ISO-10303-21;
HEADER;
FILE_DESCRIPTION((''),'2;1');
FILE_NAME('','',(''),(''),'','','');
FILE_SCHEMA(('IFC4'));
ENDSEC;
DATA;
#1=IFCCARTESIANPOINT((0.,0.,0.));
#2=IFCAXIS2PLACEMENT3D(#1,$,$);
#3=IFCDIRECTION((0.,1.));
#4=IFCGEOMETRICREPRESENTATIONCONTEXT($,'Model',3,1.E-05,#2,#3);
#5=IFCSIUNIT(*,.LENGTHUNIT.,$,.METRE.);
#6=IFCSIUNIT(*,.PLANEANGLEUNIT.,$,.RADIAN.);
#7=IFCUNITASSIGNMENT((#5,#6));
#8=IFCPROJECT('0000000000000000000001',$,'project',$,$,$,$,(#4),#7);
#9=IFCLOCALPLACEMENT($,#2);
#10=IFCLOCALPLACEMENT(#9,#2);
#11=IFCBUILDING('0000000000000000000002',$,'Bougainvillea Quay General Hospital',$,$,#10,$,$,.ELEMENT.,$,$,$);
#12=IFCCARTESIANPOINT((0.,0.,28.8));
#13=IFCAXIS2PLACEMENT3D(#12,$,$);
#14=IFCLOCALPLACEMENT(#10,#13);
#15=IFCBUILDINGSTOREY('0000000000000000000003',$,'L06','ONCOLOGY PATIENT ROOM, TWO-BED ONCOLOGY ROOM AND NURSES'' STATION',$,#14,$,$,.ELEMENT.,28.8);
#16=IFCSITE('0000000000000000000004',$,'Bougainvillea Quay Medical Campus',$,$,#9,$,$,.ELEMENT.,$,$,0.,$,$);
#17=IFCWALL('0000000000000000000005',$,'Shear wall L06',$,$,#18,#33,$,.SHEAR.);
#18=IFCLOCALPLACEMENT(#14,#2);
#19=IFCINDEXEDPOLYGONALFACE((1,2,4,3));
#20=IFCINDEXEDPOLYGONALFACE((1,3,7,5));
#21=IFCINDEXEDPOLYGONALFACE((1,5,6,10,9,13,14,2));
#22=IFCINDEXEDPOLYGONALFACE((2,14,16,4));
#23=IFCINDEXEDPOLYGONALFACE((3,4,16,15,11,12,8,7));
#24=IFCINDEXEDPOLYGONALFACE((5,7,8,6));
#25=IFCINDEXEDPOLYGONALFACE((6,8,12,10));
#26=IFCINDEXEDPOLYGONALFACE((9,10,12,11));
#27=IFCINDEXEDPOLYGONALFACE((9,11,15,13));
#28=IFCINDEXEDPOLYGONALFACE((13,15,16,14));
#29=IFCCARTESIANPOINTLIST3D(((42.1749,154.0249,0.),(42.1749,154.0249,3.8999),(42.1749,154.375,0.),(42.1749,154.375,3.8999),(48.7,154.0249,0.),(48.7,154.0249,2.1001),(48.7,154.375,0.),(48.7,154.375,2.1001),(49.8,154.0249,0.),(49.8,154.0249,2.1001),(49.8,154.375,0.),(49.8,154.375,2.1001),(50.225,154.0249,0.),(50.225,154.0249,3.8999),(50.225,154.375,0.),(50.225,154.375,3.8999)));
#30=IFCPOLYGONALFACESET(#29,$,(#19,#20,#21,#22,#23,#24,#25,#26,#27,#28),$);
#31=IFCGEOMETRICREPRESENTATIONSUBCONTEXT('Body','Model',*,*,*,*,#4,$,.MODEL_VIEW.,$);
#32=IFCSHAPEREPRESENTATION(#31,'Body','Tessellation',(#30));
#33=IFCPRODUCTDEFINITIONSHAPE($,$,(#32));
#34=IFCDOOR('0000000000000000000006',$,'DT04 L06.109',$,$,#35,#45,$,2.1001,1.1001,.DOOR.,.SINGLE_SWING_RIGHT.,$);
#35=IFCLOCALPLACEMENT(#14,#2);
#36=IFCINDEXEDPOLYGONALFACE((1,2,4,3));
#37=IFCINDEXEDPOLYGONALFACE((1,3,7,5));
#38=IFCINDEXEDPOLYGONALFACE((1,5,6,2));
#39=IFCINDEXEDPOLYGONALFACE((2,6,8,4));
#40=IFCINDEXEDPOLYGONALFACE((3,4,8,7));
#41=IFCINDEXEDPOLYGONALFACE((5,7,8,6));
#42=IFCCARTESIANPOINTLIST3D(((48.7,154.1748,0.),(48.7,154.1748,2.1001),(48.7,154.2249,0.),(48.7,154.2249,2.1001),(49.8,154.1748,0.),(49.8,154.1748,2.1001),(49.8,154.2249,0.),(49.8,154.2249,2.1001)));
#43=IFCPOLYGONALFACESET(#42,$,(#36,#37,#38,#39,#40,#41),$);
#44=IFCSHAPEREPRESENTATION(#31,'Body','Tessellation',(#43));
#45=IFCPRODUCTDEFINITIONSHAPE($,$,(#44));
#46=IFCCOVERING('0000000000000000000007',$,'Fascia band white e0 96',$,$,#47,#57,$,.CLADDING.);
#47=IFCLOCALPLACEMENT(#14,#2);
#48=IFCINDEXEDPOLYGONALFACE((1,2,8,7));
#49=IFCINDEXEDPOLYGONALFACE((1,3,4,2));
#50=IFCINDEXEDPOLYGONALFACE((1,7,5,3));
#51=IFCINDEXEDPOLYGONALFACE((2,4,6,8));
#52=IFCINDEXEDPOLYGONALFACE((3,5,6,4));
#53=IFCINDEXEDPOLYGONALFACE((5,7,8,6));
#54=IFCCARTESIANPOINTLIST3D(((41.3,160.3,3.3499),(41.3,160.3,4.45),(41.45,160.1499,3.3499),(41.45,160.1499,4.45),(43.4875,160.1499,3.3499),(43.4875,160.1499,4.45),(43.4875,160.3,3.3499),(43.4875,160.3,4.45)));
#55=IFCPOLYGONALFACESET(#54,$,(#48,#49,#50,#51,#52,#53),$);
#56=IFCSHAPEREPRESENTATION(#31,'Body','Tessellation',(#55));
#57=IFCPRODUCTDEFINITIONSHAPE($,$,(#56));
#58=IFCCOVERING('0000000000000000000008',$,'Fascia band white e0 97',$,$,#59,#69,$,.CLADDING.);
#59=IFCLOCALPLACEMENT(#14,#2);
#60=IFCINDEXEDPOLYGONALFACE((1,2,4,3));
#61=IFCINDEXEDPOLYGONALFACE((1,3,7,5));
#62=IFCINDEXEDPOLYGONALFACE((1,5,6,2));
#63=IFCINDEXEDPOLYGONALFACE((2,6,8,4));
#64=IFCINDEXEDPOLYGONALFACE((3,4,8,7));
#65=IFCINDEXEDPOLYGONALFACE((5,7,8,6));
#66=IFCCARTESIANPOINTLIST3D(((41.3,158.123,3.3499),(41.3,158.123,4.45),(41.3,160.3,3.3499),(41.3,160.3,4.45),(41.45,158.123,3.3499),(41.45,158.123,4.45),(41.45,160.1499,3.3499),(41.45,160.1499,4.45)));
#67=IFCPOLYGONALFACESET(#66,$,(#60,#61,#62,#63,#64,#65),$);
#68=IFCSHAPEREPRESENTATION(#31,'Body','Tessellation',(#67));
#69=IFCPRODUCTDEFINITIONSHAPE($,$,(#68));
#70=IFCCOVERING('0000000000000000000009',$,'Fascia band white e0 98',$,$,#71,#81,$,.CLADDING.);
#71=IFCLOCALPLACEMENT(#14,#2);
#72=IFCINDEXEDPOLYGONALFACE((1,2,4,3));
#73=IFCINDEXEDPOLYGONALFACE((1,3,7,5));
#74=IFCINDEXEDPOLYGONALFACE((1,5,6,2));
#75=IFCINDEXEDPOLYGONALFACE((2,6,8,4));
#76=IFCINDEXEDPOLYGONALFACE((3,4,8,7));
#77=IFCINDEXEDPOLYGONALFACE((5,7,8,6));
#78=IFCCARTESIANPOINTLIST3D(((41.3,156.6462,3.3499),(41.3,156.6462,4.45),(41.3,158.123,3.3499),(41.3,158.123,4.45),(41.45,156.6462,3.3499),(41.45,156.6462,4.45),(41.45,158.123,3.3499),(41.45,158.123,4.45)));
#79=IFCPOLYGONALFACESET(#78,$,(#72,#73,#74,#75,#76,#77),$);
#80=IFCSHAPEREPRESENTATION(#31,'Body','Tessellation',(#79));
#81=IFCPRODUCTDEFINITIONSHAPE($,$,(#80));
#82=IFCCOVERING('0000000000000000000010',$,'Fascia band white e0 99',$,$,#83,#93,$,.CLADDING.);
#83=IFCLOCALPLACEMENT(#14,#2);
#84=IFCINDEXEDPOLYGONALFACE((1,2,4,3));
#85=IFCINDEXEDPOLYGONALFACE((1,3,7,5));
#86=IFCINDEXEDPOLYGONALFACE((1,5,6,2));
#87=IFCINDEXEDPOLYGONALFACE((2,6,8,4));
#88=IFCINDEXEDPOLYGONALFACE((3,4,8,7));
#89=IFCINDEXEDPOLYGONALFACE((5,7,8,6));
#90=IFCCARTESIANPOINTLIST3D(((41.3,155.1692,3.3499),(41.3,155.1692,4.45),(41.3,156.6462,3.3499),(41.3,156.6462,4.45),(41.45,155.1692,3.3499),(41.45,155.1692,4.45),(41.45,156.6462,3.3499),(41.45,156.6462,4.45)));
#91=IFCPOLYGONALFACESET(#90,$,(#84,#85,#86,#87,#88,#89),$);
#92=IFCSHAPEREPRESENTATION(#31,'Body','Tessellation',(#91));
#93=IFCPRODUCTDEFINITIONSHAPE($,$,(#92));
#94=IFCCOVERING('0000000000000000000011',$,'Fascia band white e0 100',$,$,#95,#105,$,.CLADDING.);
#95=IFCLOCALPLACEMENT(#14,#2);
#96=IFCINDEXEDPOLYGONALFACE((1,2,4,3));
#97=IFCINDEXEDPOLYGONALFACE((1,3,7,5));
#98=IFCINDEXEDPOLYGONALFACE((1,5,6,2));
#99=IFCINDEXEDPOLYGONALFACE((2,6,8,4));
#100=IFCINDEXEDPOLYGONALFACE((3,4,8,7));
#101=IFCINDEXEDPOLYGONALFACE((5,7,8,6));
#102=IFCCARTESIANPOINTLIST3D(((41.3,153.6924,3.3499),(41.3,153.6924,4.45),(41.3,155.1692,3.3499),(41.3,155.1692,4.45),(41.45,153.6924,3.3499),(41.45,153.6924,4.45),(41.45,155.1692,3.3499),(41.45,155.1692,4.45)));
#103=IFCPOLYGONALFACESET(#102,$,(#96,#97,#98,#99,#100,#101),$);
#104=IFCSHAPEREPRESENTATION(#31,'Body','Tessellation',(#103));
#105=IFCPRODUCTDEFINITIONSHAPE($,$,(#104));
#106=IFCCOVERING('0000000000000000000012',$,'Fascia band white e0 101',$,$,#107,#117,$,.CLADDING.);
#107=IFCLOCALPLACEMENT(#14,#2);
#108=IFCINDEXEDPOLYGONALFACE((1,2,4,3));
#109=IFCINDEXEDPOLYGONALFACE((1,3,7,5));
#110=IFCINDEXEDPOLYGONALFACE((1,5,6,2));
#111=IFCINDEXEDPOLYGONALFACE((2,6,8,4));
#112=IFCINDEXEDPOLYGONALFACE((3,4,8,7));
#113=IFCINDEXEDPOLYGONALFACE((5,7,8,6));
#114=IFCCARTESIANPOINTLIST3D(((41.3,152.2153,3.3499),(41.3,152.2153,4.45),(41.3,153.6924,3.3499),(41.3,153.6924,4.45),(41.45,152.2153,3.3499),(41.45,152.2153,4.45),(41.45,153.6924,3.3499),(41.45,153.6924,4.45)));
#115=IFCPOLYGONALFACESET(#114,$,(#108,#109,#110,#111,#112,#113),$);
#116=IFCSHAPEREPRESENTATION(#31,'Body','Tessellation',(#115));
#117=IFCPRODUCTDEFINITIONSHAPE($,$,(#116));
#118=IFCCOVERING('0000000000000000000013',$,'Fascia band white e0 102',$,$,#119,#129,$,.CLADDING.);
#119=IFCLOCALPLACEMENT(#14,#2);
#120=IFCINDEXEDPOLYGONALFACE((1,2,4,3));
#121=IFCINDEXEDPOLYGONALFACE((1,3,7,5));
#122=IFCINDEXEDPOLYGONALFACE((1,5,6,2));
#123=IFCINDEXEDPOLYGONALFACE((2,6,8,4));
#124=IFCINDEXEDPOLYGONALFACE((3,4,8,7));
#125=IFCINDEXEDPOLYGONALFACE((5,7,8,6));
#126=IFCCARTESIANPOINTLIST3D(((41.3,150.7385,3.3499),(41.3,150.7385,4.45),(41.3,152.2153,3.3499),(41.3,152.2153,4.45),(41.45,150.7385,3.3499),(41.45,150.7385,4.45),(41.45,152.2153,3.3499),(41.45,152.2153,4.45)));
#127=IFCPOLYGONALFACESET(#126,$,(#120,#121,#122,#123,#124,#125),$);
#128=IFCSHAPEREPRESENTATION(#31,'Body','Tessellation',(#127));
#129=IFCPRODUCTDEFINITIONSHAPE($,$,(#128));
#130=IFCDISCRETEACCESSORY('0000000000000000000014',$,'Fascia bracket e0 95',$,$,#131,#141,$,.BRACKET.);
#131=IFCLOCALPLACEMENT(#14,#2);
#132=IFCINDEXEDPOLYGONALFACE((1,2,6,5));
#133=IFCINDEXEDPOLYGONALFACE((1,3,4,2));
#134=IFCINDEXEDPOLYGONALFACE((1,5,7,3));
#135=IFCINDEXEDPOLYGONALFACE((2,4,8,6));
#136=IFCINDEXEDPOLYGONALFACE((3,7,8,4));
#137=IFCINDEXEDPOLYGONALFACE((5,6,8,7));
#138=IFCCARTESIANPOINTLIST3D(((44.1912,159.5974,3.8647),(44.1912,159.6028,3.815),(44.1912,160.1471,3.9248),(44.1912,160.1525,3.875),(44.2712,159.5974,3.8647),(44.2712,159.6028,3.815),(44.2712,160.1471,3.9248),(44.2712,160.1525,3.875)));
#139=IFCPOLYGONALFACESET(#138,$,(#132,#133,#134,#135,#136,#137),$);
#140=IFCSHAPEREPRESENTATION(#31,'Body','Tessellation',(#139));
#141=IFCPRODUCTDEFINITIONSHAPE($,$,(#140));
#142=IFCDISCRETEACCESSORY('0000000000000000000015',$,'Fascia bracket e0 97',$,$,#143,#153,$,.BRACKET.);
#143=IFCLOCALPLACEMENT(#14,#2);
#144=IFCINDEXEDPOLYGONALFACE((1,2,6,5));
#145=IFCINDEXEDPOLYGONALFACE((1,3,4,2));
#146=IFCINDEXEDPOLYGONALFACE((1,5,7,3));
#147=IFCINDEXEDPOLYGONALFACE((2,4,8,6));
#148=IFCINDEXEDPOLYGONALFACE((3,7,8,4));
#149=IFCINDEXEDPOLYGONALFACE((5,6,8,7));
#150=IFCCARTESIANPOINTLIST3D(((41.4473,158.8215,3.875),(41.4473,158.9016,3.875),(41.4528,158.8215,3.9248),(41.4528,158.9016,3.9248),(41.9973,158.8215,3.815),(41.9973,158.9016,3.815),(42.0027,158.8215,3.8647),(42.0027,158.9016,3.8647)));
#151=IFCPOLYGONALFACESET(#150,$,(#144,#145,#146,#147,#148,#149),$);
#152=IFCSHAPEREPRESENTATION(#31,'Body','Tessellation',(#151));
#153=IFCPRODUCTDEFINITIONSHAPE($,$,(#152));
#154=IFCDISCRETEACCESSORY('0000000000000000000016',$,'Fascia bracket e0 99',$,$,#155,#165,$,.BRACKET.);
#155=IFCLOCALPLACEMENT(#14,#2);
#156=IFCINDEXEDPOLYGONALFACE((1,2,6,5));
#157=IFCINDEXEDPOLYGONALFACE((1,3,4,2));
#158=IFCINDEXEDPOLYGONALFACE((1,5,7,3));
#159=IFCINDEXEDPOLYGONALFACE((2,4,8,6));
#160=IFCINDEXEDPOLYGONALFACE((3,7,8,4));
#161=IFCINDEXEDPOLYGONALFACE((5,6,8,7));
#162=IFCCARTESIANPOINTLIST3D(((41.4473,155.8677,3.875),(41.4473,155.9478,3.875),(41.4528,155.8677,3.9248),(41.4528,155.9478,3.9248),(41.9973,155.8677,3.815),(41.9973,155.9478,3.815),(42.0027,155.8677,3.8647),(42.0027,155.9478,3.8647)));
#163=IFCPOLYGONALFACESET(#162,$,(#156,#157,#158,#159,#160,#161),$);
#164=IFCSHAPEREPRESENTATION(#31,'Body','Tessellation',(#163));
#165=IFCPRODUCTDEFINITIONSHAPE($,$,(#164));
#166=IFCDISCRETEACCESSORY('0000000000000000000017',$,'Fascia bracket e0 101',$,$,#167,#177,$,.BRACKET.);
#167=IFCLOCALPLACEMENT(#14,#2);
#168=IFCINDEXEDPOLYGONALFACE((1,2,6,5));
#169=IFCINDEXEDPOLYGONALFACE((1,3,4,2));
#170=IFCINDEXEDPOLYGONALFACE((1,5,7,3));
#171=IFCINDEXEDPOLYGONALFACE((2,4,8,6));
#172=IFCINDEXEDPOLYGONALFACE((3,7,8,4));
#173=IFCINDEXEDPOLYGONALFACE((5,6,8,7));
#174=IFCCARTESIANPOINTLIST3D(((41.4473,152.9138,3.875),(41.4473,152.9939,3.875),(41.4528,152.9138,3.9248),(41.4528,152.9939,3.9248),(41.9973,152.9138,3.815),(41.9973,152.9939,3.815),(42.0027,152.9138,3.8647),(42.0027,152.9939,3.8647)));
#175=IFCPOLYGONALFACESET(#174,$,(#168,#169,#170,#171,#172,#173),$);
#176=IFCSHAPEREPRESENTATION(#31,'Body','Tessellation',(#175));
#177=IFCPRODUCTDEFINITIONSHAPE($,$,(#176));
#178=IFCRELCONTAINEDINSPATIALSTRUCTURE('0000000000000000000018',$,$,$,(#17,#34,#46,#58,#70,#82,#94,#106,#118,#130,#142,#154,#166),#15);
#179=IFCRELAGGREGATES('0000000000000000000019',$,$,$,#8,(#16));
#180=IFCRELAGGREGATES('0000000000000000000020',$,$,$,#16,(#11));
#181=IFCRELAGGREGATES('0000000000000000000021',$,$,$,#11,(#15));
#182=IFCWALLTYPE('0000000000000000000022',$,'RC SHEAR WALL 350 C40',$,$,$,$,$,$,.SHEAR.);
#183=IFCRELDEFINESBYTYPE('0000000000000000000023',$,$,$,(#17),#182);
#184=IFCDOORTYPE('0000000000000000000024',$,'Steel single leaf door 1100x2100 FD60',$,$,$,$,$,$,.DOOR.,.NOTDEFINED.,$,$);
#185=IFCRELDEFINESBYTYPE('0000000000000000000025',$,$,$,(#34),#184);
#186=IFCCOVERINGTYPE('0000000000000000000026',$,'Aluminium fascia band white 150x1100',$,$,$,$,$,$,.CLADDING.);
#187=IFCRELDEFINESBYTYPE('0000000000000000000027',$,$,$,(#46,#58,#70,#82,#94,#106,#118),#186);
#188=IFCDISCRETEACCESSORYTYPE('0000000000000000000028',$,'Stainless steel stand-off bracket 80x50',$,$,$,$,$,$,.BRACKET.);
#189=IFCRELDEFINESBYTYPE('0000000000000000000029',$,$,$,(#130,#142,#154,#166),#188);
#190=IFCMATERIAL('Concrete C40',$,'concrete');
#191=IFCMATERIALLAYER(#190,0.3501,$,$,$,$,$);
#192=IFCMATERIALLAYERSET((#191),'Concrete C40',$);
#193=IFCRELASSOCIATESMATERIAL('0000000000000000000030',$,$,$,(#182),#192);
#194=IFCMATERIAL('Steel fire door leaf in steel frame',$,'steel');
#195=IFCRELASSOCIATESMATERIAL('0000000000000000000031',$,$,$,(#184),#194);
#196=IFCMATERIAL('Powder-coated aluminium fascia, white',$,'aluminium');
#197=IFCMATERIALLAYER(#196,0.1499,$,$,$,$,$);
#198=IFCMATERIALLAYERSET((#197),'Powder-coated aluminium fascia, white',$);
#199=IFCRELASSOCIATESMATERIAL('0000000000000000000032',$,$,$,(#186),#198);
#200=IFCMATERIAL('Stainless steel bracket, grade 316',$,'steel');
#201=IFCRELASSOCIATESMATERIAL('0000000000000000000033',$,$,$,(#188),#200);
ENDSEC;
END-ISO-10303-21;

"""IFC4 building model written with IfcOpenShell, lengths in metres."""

from ifc_helpers import new_model, si_unit, direction, frame, frame_2d, origin, origin_2d, place, context, subcontext, project, spatial, polyline, rectangle, outline, extrude, material, layer, layer_set, material_profile, profile_set, type_object, element, fill, save


model = new_model("IFC4")

# Units and contexts
model_context = context("Model", 3, precision=1e-05, world=origin(), true_north=direction((0.0, 1.0)))
body_context = subcontext(model_context, "Body", "Model", "MODEL_VIEW")
ifc_project = project(units=[si_unit("LENGTHUNIT", "METRE"), si_unit("PLANEANGLEUNIT", "RADIAN")], contexts=[model_context])

# Site, building, storey
site_placement = place(None, origin())
site = spatial("IfcSite", under=ifc_project, at=site_placement, Name="Bougainvillea Quay Medical Campus", CompositionType="ELEMENT", RefElevation=0.0)
building_placement = place(site_placement, origin())
building = spatial("IfcBuilding", under=site, at=building_placement, Name="Bougainvillea Quay General Hospital", CompositionType="ELEMENT")
storey_placement = place(building_placement, frame((0.0, 0.0, 28.8)))
storey = spatial("IfcBuildingStorey", under=building, at=storey_placement, Name="L06", Description="ONCOLOGY PATIENT ROOM, TWO-BED ONCOLOGY ROOM AND NURSES' STATION", CompositionType="ELEMENT", Elevation=28.8)

# Shared definitions
ifc_material_1 = material(Name="Concrete C40", Category="concrete")

# Shared definitions
ifc_layer_1 = layer(ifc_material_1, 0.3501)
ifc_layer_set_1 = layer_set([ifc_layer_1], Name="Concrete C40")
wall_type = type_object("IfcWallType", Name="RC SHEAR WALL 350 C40", PredefinedType="SHEAR", material=ifc_layer_set_1)

# Wall, opening, door
wall_1_placement = place(storey_placement, frame((42.175, 154.2, 0.0), z_axis=(0.0, 0.0, 1.0), x_axis=(1.0, 0.0, 0.0)))
wall_1 = element("IfcWall", 1, at=wall_1_placement, inside=storey, type_object=wall_type, Name="Shear wall L06", PredefinedType="SHEAR", context=body_context, shape_type="SweptSolid", body=[
    extrude(rectangle(XDim=8.05, YDim=0.3501, at=frame_2d((4.0249, 0.0))), origin(), (0.0, 0.0, 1.0), 3.8999),
])
opening_placement = place(wall_1_placement, frame((6.5249, 0.0, 0.0)))
opening = element("IfcOpeningElement", 2, at=opening_placement, cuts=wall_1, PredefinedType="OPENING", context=body_context, shape_type="SweptSolid", body=[
    extrude(rectangle(XDim=1.1001, YDim=2.1001, at=frame_2d((0.55, 1.05))), frame((0.0, 0.1851, 0.0), z_axis=(0.0, -1.0, 0.0), x_axis=(1.0, 0.0, 0.0)), (0.0, 0.0, 1.0), 0.3701),
])
ifc_material_2 = material(Name="Steel fire door leaf in steel frame", Category="steel")
door_type = type_object("IfcDoorType", Name="Steel single leaf door 1100x2100 FD60", OperationType="NOTDEFINED", PredefinedType="DOOR", material=ifc_material_2)
door_placement = place(opening_placement, origin())
door = element("IfcDoor", 3, at=door_placement, inside=storey, type_object=door_type, Name="DT04 L06.109", OperationType="SINGLE_SWING_RIGHT", OverallHeight=2.1001, OverallWidth=1.1001, PredefinedType="DOOR", context=body_context, shape_type="SweptSolid", body=[
    extrude(rectangle(XDim=1.1001, YDim=2.1001, at=frame_2d((0.55, 1.05))), frame((0.0, 0.0249, 0.0), z_axis=(0.0, -1.0, 0.0), x_axis=(1.0, 0.0, 0.0)), (0.0, 0.0, 1.0), 0.05),
])
fill(opening, door)

# Coverings
ifc_material_3 = material(Name="Powder-coated aluminium fascia, white", Category="aluminium")
ifc_layer_2 = layer(ifc_material_3, 0.1499)
ifc_layer_set_2 = layer_set([ifc_layer_2], Name="Powder-coated aluminium fascia, white")
covering_type = type_object("IfcCoveringType", Name="Aluminium fascia band white 150x1100", PredefinedType="CLADDING", material=ifc_layer_set_2)
covering_1_placement = place(storey_placement, frame((43.4875, 160.1499, 3.3499), z_axis=(0.0, 0.0, 1.0), x_axis=(-1.0, 0.0, 0.0)))
element("IfcCovering", 4, at=covering_1_placement, inside=storey, type_object=covering_type, Name="Fascia band white e0 96", PredefinedType="CLADDING", context=body_context, shape_type="SweptSolid", body=[
    extrude(outline(polyline([(0.0, 0.0), (2.0376, 0.0), (2.1875, -0.1501), (0.0, -0.1501), (0.0, 0.0)])), origin(), (0.0, 0.0, 1.0), 1.1001),
])
covering_2_placement = place(storey_placement, frame((41.45, 160.1499, 3.3499), z_axis=(0.0, 0.0, 1.0), x_axis=(0.0, -1.0, 0.0)))
element("IfcCovering", 5, at=covering_2_placement, inside=storey, type_object=covering_type, Name="Fascia band white e0 97", PredefinedType="CLADDING", context=body_context, shape_type="SweptSolid", body=[
    extrude(outline(polyline([(0.0, 0.0), (2.0269, 0.0), (2.0269, -0.1499), (-0.1501, -0.1499), (0.0, 0.0)])), origin(), (0.0, 0.0, 1.0), 1.1001),
])
covering_3_placement = place(storey_placement, frame((41.45, 158.123, 3.3499), z_axis=(0.0, 0.0, 1.0), x_axis=(0.0, -1.0, 0.0)))
element("IfcCovering", 6, at=covering_3_placement, inside=storey, type_object=covering_type, Name="Fascia band white e0 98", PredefinedType="CLADDING", context=body_context, shape_type="SweptSolid", body=[
    extrude(outline(polyline([(0.0, 0.0), (1.4768, 0.0), (1.4768, -0.1499), (0.0, -0.1499), (0.0, 0.0)])), origin(), (0.0, 0.0, 1.0), 1.1001),
])
covering_4_placement = place(storey_placement, frame((41.45, 156.6462, 3.3499), z_axis=(0.0, 0.0, 1.0), x_axis=(0.0, -1.0, 0.0)))
element("IfcCovering", 7, at=covering_4_placement, inside=storey, type_object=covering_type, Name="Fascia band white e0 99", PredefinedType="CLADDING", context=body_context, shape_type="SweptSolid", body=[
    extrude(outline(polyline([(0.0, 0.0), (1.4771, 0.0), (1.4771, -0.1499), (0.0, -0.1499), (0.0, 0.0)])), origin(), (0.0, 0.0, 1.0), 1.1001),
])
covering_5_placement = place(storey_placement, frame((41.45, 155.1692, 3.3499), z_axis=(0.0, 0.0, 1.0), x_axis=(0.0, -1.0, 0.0)))
element("IfcCovering", 8, at=covering_5_placement, inside=storey, type_object=covering_type, Name="Fascia band white e0 100", PredefinedType="CLADDING", context=body_context, shape_type="SweptSolid", body=[
    extrude(outline(polyline([(0.0, 0.0), (1.4768, 0.0), (1.4768, -0.1499), (0.0, -0.1499), (0.0, 0.0)])), origin(), (0.0, 0.0, 1.0), 1.1001),
])
covering_6_placement = place(storey_placement, frame((41.45, 153.6924, 3.3499), z_axis=(0.0, 0.0, 1.0), x_axis=(0.0, -1.0, 0.0)))
element("IfcCovering", 9, at=covering_6_placement, inside=storey, type_object=covering_type, Name="Fascia band white e0 101", PredefinedType="CLADDING", context=body_context, shape_type="SweptSolid", body=[
    extrude(outline(polyline([(0.0, 0.0), (1.4771, 0.0), (1.4771, -0.1499), (0.0, -0.1499), (0.0, 0.0)])), origin(), (0.0, 0.0, 1.0), 1.1001),
])
covering_7_placement = place(storey_placement, frame((41.45, 152.2153, 3.3499), z_axis=(0.0, 0.0, 1.0), x_axis=(0.0, -1.0, 0.0)))
element("IfcCovering", 10, at=covering_7_placement, inside=storey, type_object=covering_type, Name="Fascia band white e0 102", PredefinedType="CLADDING", context=body_context, shape_type="SweptSolid", body=[
    extrude(outline(polyline([(0.0, 0.0), (1.4768, 0.0), (1.4768, -0.1499), (0.0, -0.1499), (0.0, 0.0)])), origin(), (0.0, 0.0, 1.0), 1.1001),
])

# Discrete accessories
ifc_material_4 = material(Name="Stainless steel bracket, grade 316", Category="steel")
ifc_material_profile_1 = material_profile(ifc_material_4, rectangle(XDim=0.0801, YDim=0.05, at=origin_2d()))
ifc_profile_set_1 = profile_set([ifc_material_profile_1], Name="Stainless steel bracket, grade 316")
discrete_accessory_type = type_object("IfcDiscreteAccessoryType", Name="Stainless steel stand-off bracket 80x50", PredefinedType="BRACKET", material=ifc_profile_set_1)
discrete_accessory_placement = place(storey_placement, frame((44.2312, 159.6001, 3.8398), z_axis=(0.0, 0.994087, 0.10859), x_axis=(-1.0, 0.0, 0.0)))
element("IfcDiscreteAccessory", 11, at=discrete_accessory_placement, inside=storey, type_object=discrete_accessory_type, Name="Fascia bracket e0 95", PredefinedType="BRACKET", context=body_context, shape_type="SweptSolid", body=[
    extrude(rectangle(XDim=0.0801, YDim=0.05, at=origin_2d()), origin(), (0.0, 0.0, 1.0), 0.553),
])
for number, where, z_axis, x_axis, name in (
    (12, (42.0, 158.8616, 3.8398), (-0.994092, 0.0, 0.108543), (0.0, -1.0, 0.0), "Fascia bracket e0 97"),
    (13, (42.0, 155.9077, 3.8398), (-0.994092, 0.0, 0.108543), (0.0, -1.0, 0.0), "Fascia bracket e0 99"),
    (14, (42.0, 152.9539, 3.8398), (-0.994092, 0.0, 0.108543), (0.0, -1.0, 0.0), "Fascia bracket e0 101"),
):
    element("IfcDiscreteAccessory", number, at=place(storey_placement, frame(where, z_axis=z_axis, x_axis=x_axis)), inside=storey, type_object=discrete_accessory_type, Name=name, PredefinedType="BRACKET", context=body_context, shape_type="SweptSolid", body=[
        extrude(rectangle(XDim=0.0801, YDim=0.05, at=origin_2d()), origin(), (0.0, 0.0, 1.0), 0.5532),
    ])

save(model, "model.ifc")
